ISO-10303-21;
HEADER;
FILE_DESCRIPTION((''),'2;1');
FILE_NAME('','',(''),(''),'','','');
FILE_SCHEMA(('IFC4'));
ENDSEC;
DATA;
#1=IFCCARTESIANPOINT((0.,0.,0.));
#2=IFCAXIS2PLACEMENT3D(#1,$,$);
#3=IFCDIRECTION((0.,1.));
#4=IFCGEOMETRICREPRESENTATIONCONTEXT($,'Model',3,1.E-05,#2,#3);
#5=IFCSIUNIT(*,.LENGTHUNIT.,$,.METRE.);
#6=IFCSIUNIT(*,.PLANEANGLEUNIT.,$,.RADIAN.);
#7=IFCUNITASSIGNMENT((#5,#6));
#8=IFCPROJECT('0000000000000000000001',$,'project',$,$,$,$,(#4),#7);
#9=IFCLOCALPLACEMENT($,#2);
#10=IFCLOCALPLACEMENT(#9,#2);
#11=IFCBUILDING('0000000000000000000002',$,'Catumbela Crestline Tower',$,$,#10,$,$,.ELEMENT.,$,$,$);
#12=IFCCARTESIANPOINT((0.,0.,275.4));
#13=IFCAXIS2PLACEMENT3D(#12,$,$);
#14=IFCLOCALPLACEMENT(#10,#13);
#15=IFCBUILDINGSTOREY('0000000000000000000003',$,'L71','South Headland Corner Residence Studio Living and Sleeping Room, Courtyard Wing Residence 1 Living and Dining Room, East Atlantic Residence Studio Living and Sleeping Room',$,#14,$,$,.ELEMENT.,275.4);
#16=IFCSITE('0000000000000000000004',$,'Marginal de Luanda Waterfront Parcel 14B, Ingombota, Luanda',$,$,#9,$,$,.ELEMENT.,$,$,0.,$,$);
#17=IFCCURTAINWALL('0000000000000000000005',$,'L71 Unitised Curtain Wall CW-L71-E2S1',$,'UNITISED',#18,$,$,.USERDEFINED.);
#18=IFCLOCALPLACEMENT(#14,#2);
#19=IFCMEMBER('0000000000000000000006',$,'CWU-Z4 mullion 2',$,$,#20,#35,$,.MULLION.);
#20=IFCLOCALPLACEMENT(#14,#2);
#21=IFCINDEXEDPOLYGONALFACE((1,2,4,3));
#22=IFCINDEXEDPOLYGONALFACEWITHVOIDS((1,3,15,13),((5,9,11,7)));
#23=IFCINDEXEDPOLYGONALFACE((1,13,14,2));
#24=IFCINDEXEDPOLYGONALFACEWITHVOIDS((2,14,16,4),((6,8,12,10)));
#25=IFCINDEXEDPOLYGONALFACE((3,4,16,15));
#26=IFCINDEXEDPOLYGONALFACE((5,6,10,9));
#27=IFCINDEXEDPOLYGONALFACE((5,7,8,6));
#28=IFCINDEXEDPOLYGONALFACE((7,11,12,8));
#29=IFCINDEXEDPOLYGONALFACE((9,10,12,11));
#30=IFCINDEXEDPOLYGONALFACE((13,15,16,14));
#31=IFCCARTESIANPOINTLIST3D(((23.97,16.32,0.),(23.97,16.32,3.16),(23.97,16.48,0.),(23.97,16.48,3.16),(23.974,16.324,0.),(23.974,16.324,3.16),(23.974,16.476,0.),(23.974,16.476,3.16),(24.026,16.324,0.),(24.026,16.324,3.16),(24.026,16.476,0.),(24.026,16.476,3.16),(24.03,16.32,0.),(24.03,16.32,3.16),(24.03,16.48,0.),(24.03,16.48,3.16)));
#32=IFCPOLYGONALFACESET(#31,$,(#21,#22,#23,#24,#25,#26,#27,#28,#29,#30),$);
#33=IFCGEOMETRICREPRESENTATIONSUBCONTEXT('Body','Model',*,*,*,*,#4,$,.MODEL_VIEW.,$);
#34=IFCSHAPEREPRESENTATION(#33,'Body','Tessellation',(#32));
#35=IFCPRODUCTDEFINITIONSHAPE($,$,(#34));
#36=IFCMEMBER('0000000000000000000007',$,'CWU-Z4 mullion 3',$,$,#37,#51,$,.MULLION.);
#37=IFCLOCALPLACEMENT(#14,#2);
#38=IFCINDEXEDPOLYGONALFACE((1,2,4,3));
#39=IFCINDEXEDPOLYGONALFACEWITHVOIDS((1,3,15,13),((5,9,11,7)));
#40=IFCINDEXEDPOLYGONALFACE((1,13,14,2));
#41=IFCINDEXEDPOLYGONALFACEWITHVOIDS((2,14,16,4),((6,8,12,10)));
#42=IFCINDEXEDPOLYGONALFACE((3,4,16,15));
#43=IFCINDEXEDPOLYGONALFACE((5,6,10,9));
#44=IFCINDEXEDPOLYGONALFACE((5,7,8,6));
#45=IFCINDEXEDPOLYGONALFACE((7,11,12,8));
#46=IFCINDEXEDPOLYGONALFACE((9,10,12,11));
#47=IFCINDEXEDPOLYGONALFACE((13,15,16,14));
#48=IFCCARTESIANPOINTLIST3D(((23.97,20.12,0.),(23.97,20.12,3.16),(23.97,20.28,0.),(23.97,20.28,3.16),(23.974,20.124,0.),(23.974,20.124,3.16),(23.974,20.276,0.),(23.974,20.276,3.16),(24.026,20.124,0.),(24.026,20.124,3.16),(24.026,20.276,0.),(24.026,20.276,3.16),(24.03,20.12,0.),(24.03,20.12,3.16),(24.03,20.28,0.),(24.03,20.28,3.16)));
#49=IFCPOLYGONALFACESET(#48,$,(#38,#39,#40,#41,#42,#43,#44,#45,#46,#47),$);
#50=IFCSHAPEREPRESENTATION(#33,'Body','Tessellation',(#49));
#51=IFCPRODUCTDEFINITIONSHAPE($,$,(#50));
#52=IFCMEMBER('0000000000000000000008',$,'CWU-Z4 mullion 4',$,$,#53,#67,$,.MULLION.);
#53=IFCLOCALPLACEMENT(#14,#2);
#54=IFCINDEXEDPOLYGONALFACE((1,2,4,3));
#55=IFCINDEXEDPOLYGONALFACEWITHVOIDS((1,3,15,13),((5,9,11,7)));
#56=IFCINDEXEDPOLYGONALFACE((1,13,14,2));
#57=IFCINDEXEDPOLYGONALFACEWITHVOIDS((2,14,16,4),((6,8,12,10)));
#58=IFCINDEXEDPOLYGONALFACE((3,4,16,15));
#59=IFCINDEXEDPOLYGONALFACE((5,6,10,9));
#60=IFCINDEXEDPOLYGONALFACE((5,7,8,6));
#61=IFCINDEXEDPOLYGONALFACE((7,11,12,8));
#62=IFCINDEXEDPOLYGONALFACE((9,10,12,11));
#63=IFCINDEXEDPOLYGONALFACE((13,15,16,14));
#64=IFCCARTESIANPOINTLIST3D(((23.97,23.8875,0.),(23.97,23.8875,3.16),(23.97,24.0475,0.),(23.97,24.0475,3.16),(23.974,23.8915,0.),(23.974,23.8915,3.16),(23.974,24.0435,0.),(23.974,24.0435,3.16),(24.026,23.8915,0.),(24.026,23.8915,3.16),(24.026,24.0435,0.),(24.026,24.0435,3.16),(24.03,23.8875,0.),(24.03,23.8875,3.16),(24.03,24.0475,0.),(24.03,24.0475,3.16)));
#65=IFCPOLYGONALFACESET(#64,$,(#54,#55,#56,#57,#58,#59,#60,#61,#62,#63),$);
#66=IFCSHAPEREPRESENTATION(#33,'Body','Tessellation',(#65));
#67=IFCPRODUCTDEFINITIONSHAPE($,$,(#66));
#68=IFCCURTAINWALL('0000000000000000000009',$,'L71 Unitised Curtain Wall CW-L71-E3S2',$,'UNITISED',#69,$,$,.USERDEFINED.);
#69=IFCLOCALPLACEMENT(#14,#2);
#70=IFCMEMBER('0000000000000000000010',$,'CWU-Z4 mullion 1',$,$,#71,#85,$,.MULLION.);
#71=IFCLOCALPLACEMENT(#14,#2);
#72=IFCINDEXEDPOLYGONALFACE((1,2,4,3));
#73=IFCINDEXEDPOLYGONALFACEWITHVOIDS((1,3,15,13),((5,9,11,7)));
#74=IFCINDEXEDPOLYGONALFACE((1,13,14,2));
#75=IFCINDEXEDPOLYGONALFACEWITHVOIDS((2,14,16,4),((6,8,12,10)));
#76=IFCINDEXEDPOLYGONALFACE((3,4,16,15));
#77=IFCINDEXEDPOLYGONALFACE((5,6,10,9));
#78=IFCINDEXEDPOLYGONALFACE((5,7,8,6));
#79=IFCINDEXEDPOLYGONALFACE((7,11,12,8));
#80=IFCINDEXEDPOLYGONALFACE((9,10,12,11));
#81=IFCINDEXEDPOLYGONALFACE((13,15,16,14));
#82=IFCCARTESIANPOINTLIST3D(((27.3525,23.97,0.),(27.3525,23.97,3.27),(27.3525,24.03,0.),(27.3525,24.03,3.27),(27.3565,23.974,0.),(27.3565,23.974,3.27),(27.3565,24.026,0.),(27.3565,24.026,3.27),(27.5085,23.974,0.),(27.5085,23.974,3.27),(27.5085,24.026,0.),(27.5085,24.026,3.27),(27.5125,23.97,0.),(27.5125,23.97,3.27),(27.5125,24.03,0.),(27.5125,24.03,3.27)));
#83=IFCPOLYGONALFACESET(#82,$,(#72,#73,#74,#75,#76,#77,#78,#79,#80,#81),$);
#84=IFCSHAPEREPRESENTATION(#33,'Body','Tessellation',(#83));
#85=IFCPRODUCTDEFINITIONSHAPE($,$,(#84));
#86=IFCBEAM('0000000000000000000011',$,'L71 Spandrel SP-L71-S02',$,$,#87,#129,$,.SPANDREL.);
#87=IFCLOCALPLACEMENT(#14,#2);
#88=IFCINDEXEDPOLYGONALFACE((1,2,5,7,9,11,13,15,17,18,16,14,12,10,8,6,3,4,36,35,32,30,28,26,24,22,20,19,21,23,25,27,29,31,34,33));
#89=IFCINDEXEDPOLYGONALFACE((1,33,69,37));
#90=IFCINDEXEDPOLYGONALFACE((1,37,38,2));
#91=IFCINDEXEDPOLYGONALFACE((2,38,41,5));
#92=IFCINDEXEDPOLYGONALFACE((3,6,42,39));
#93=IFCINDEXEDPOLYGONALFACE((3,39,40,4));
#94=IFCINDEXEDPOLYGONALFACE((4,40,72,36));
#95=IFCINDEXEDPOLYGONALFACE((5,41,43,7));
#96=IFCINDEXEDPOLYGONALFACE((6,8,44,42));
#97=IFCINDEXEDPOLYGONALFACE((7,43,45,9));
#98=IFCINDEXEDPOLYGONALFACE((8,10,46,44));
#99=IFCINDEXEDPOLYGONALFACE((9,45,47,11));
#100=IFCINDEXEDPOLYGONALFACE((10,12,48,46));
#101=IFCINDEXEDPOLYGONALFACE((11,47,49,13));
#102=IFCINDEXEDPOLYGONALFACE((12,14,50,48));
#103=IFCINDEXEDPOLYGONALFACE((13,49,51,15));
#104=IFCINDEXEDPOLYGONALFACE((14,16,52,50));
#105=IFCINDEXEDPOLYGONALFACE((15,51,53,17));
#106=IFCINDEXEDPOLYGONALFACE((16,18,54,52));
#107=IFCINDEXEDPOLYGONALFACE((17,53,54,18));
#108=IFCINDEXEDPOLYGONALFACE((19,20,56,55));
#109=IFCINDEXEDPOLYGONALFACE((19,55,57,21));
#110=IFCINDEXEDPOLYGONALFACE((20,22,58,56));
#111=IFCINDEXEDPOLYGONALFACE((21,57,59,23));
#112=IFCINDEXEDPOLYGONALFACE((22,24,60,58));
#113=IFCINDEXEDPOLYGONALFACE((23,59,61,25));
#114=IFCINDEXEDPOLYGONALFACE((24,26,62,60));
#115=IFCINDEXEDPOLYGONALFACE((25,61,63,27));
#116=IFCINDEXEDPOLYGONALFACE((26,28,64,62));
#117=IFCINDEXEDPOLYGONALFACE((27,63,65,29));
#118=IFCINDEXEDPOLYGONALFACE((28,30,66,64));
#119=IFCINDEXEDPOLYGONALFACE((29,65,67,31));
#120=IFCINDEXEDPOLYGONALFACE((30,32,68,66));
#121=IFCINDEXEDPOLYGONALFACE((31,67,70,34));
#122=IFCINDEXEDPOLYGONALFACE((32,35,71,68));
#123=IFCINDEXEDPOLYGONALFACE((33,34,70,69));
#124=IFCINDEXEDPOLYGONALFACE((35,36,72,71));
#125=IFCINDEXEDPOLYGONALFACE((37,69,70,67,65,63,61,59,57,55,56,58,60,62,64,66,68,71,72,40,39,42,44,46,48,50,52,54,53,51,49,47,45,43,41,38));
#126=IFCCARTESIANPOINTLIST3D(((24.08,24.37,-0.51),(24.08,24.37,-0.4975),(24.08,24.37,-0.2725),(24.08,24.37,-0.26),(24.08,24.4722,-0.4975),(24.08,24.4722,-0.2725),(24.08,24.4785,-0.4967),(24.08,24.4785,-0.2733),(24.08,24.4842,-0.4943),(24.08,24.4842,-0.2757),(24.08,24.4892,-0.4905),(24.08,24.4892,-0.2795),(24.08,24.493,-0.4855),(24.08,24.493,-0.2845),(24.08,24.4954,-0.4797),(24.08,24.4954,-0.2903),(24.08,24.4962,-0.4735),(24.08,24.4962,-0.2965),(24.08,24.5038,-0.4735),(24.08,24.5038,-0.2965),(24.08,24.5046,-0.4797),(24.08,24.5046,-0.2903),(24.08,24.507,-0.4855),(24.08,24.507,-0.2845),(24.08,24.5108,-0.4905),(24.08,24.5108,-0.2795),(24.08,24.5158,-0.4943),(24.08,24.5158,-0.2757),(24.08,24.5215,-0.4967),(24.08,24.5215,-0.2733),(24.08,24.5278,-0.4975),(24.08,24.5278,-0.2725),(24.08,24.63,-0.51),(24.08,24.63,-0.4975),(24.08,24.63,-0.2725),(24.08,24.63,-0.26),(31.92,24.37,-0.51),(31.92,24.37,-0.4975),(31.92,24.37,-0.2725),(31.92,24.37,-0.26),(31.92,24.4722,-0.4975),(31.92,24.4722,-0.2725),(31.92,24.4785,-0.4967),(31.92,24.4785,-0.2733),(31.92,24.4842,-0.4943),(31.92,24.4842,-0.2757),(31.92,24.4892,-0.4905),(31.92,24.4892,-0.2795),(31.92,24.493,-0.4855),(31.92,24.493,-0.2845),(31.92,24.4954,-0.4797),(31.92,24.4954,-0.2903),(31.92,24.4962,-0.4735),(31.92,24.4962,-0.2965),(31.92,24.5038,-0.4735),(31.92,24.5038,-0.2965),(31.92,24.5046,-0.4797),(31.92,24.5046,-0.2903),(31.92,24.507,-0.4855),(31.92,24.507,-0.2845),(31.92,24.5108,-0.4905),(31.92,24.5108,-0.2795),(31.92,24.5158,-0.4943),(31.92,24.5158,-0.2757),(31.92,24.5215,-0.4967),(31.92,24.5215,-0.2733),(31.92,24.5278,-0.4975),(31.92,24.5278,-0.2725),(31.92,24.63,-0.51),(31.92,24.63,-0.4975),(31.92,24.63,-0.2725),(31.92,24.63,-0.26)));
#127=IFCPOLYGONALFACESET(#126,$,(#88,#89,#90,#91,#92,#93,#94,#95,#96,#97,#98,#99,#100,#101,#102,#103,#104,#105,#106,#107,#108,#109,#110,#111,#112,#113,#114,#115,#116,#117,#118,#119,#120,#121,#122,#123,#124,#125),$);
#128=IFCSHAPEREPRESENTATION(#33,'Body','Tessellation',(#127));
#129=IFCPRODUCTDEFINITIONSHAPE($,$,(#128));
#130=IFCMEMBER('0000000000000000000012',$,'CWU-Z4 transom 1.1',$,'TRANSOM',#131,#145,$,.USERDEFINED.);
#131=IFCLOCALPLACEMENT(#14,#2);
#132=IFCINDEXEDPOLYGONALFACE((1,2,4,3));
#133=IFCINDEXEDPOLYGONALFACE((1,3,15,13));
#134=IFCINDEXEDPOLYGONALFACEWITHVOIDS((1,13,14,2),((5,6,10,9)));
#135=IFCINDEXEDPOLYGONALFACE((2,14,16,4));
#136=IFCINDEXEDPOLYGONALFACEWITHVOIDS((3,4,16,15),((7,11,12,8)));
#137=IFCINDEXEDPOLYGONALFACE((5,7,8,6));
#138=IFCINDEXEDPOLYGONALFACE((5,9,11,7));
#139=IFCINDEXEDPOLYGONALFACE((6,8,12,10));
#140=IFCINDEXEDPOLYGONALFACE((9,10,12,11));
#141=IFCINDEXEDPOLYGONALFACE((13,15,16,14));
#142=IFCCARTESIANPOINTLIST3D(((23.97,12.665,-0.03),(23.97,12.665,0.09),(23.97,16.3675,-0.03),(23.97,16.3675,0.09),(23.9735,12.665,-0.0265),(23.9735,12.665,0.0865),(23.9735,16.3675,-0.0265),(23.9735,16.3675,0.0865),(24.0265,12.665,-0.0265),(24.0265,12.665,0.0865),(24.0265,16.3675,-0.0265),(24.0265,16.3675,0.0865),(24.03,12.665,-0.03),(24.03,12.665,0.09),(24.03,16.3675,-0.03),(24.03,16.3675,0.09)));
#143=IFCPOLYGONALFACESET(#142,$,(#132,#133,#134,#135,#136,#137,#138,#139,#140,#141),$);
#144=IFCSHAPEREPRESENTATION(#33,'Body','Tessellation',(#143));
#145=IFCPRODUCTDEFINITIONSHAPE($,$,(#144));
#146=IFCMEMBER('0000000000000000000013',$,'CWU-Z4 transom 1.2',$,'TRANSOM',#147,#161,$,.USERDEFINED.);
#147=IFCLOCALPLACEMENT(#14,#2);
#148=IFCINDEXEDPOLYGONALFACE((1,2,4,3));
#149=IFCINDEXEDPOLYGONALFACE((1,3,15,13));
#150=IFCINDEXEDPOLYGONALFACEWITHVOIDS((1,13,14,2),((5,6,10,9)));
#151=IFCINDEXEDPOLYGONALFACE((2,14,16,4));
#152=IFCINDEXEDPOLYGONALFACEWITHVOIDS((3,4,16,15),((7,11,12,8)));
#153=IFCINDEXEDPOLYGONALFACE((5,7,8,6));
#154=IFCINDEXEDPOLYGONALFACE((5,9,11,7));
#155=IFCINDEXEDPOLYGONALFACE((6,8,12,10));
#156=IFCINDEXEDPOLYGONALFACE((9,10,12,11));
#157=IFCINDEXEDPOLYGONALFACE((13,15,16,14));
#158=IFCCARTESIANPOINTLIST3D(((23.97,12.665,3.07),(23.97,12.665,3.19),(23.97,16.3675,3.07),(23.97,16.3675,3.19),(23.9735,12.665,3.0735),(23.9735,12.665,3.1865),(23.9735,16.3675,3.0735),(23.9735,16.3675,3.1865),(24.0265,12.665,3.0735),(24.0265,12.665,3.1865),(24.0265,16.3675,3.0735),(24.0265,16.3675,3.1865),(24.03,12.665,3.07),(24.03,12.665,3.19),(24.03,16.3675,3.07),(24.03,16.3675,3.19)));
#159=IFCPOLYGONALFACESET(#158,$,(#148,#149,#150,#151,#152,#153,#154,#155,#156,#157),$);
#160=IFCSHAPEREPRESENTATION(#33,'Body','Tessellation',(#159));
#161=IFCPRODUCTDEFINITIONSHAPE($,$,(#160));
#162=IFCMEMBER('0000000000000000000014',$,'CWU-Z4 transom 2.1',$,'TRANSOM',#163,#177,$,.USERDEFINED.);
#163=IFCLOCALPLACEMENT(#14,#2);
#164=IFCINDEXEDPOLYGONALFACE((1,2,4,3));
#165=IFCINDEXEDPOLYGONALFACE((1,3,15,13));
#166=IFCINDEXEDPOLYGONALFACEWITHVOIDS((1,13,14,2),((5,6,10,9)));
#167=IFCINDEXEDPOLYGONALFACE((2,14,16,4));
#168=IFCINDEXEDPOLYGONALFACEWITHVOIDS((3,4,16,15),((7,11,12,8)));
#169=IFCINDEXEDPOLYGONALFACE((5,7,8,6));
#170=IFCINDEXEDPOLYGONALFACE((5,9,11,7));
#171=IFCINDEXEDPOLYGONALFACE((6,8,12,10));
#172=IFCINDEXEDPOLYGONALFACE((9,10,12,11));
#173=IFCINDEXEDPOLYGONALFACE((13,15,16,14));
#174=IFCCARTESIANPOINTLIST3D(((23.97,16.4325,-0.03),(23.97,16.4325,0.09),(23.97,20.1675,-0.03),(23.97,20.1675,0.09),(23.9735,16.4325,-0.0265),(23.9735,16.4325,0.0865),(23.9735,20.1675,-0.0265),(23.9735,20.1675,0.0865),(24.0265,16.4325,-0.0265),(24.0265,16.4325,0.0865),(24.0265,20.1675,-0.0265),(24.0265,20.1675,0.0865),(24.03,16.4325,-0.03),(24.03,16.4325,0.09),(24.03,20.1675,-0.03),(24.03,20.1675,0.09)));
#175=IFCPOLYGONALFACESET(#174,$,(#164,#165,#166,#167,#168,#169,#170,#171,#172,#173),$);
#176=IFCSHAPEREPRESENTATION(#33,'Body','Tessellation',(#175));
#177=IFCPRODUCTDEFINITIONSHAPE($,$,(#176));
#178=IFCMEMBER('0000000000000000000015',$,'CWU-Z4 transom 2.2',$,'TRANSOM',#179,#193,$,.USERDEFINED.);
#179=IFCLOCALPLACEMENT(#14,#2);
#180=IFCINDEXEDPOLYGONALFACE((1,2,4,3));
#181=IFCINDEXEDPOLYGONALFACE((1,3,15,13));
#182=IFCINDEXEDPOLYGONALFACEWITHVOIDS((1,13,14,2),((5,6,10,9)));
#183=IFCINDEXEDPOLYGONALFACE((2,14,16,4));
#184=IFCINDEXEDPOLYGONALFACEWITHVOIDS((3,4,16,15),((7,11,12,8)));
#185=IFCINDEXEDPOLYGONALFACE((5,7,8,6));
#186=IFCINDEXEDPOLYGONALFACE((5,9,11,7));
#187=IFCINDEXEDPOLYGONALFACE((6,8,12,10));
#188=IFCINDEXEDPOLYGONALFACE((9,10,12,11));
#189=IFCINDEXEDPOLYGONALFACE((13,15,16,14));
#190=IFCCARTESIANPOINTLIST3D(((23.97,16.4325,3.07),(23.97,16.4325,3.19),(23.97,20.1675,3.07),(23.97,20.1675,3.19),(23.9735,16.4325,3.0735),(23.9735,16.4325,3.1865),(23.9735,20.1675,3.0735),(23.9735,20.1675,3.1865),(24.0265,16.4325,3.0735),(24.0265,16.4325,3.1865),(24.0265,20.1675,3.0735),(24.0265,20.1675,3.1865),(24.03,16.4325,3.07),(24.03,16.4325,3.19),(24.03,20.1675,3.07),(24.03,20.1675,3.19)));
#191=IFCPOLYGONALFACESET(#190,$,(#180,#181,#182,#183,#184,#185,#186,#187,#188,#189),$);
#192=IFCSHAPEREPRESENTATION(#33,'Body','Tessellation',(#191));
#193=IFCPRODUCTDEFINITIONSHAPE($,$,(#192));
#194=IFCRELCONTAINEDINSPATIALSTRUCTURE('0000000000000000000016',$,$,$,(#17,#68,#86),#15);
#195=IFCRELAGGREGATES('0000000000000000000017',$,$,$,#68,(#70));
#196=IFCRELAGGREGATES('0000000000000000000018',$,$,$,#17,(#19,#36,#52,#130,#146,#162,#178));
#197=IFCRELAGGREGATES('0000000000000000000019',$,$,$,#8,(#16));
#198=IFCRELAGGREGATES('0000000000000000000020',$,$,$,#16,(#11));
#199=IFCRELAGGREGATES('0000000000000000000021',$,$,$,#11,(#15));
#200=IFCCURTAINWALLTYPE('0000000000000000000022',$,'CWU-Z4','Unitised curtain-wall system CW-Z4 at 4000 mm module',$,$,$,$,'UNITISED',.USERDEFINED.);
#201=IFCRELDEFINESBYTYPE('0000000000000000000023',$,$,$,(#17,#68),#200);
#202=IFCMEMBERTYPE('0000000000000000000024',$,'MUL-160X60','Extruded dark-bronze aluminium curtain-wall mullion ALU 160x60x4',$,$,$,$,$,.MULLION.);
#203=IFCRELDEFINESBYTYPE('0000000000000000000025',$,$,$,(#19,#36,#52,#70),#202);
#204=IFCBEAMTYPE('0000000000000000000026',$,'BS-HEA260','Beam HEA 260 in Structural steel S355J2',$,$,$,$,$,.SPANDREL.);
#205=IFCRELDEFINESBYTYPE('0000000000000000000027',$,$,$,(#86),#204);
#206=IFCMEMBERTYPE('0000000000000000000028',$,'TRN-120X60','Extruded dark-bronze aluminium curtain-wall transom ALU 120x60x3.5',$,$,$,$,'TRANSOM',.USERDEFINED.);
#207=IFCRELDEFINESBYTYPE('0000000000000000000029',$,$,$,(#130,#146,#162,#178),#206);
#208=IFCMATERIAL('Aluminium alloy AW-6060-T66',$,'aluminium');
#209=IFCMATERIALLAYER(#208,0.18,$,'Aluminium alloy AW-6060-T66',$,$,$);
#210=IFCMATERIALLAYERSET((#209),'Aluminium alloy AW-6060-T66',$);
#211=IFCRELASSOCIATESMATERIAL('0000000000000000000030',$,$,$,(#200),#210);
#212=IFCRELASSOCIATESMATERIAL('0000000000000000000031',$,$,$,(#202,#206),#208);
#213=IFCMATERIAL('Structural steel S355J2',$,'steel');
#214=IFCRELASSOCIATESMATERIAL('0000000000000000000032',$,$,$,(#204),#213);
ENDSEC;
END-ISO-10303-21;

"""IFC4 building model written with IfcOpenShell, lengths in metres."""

from ifc_helpers import new_model, si_unit, direction, frame, origin, origin_2d, place, context, subcontext, project, spatial, hollow_rectangle, i_section, extrude, material, layer, layer_set, material_profile, profile_set, type_object, element, aggregate, save


model = new_model("IFC4")

# Units and contexts
model_context = context("Model", 3, precision=1e-05, world=origin(), true_north=direction((0.0, 1.0)))
body_context = subcontext(model_context, "Body", "Model", "MODEL_VIEW")
ifc_project = project(units=[si_unit("LENGTHUNIT", "METRE"), si_unit("PLANEANGLEUNIT", "RADIAN")], contexts=[model_context])

# Site, building, storey
site_placement = place(None, origin())
site = spatial("IfcSite", under=ifc_project, at=site_placement, Name="Marginal de Luanda Waterfront Parcel 14B, Ingombota, Luanda", CompositionType="ELEMENT", RefElevation=0.0)
building_placement = place(site_placement, origin())
building = spatial("IfcBuilding", under=site, at=building_placement, Name="Catumbela Crestline Tower", CompositionType="ELEMENT")
storey_placement = place(building_placement, frame((0.0, 0.0, 275.4)))
storey = spatial("IfcBuildingStorey", under=building, at=storey_placement, Name="L71", Description="South Headland Corner Residence Studio Living and Sleeping Room, Courtyard Wing Residence 1 Living and Dining Room, East Atlantic Residence Studio Living and Sleeping Room", CompositionType="ELEMENT", Elevation=275.4)

# Shared definitions
ifc_material_1 = material(Name="Structural steel S355J2", Category="steel")

# Curtain wall, members
ifc_material_2 = material(Name="Aluminium alloy AW-6060-T66", Category="aluminium")
ifc_layer_1 = layer(ifc_material_2, 0.18, Name="Aluminium alloy AW-6060-T66")
ifc_layer_set_1 = layer_set([ifc_layer_1], Name="Aluminium alloy AW-6060-T66")
curtain_wall_type = type_object("IfcCurtainWallType", Name="CWU-Z4", Description="Unitised curtain-wall system CW-Z4 at 4000 mm module", ElementType="UNITISED", PredefinedType="USERDEFINED", material=ifc_layer_set_1)
curtain_wall_1_placement = place(storey_placement, origin())
curtain_wall_1 = element("IfcCurtainWall", 1, at=curtain_wall_1_placement, inside=storey, type_object=curtain_wall_type, Name="L71 Unitised Curtain Wall CW-L71-E2S1", ObjectType="UNITISED", PredefinedType="USERDEFINED")
ifc_material_profile_1 = material_profile(ifc_material_2, hollow_rectangle(XDim=0.06, YDim=0.16, WallThickness=0.004, at=origin_2d()), Name="ALU 160x60x4")
ifc_profile_set_1 = profile_set([ifc_material_profile_1], Name="Aluminium alloy AW-6060-T66")
member_type_1 = type_object("IfcMemberType", Name="MUL-160X60", Description="Extruded dark-bronze aluminium curtain-wall mullion ALU 160x60x4", PredefinedType="MULLION", material=ifc_profile_set_1)
member_1_placement = place(storey_placement, frame((24.0, 16.4, 0.0), z_axis=(0.0, 0.0, 1.0), x_axis=(-1.0, 0.0, 0.0)))
member_1 = element("IfcMember", 2, at=member_1_placement, type_object=member_type_1, Name="CWU-Z4 mullion 2", PredefinedType="MULLION", context=body_context, shape_type="SweptSolid", body=[
    extrude(hollow_rectangle(XDim=0.06, YDim=0.16, WallThickness=0.004, at=origin_2d()), origin(), (0.0, 0.0, 1.0), 3.16),
])
member_2_placement = place(storey_placement, frame((24.0, 20.2, 0.0), z_axis=(0.0, 0.0, 1.0), x_axis=(-1.0, 0.0, 0.0)))
member_2 = element("IfcMember", 3, at=member_2_placement, type_object=member_type_1, Name="CWU-Z4 mullion 3", PredefinedType="MULLION", context=body_context, shape_type="SweptSolid", body=[
    extrude(hollow_rectangle(XDim=0.06, YDim=0.16, WallThickness=0.004, at=origin_2d()), origin(), (0.0, 0.0, 1.0), 3.16),
])
member_3_placement = place(storey_placement, frame((24.0, 23.9675, 0.0), z_axis=(0.0, 0.0, 1.0), x_axis=(-1.0, 0.0, 0.0)))
member_3 = element("IfcMember", 4, at=member_3_placement, type_object=member_type_1, Name="CWU-Z4 mullion 4", PredefinedType="MULLION", context=body_context, shape_type="SweptSolid", body=[
    extrude(hollow_rectangle(XDim=0.06, YDim=0.16, WallThickness=0.004, at=origin_2d()), origin(), (0.0, 0.0, 1.0), 3.16),
])

# Curtain wall, member
curtain_wall_2_placement = place(storey_placement, origin())
curtain_wall_2 = element("IfcCurtainWall", 5, at=curtain_wall_2_placement, inside=storey, type_object=curtain_wall_type, Name="L71 Unitised Curtain Wall CW-L71-E3S2", ObjectType="UNITISED", PredefinedType="USERDEFINED")
member_4_placement = place(storey_placement, frame((27.4325, 24.0, 0.0), z_axis=(0.0, 0.0, 1.0), x_axis=(0.0, 1.0, 0.0)))
member_4 = element("IfcMember", 6, at=member_4_placement, type_object=member_type_1, Name="CWU-Z4 mullion 1", PredefinedType="MULLION", context=body_context, shape_type="SweptSolid", body=[
    extrude(hollow_rectangle(XDim=0.06, YDim=0.16, WallThickness=0.004, at=origin_2d()), origin(), (0.0, 0.0, 1.0), 3.27),
])

# Beam
ifc_material_profile_2 = material_profile(ifc_material_1, i_section(OverallWidth=0.26, OverallDepth=0.25, WebThickness=0.0075, FlangeThickness=0.0125, FilletRadius=0.024, at=origin_2d()), Name="HEA 260")
ifc_profile_set_2 = profile_set([ifc_material_profile_2], Name="Structural steel S355J2")
beam_type_1 = type_object("IfcBeamType", Name="BS-HEA260", Description="Beam HEA 260 in Structural steel S355J2", PredefinedType="SPANDREL", material=ifc_profile_set_2)
beam_1_placement = place(storey_placement, frame((24.08, 24.5, -0.385), z_axis=(1.0, 0.0, 0.0), x_axis=(0.0, 1.0, 0.0)))
element("IfcBeam", 7, at=beam_1_placement, inside=storey, type_object=beam_type_1, Name="L71 Spandrel SP-L71-S02", PredefinedType="SPANDREL", context=body_context, shape_type="SweptSolid", body=[
    extrude(i_section(OverallWidth=0.26, OverallDepth=0.25, WebThickness=0.0075, FlangeThickness=0.0125, FilletRadius=0.024, at=origin_2d()), origin(), (0.0, 0.0, 1.0), 7.84),
])

# Members
ifc_material_profile_3 = material_profile(ifc_material_2, hollow_rectangle(XDim=0.06, YDim=0.12, WallThickness=0.0035, at=origin_2d()), Name="ALU 120x60x3.5")
ifc_profile_set_3 = profile_set([ifc_material_profile_3], Name="Aluminium alloy AW-6060-T66")
member_type_2 = type_object("IfcMemberType", Name="TRN-120X60", Description="Extruded dark-bronze aluminium curtain-wall transom ALU 120x60x3.5", ElementType="TRANSOM", PredefinedType="USERDEFINED", material=ifc_profile_set_3)
member_5_placement = place(storey_placement, frame((24.0, 12.665, 0.03), z_axis=(0.0, 1.0, 0.0), x_axis=(-1.0, 0.0, 0.0)))
member_5 = element("IfcMember", 8, at=member_5_placement, type_object=member_type_2, Name="CWU-Z4 transom 1.1", ObjectType="TRANSOM", PredefinedType="USERDEFINED", context=body_context, shape_type="SweptSolid", body=[
    extrude(hollow_rectangle(XDim=0.06, YDim=0.12, WallThickness=0.0035, at=origin_2d()), origin(), (0.0, 0.0, 1.0), 3.7025),
])
member_6_placement = place(storey_placement, frame((24.0, 12.665, 3.13), z_axis=(0.0, 1.0, 0.0), x_axis=(-1.0, 0.0, 0.0)))
member_6 = element("IfcMember", 9, at=member_6_placement, type_object=member_type_2, Name="CWU-Z4 transom 1.2", ObjectType="TRANSOM", PredefinedType="USERDEFINED", context=body_context, shape_type="SweptSolid", body=[
    extrude(hollow_rectangle(XDim=0.06, YDim=0.12, WallThickness=0.0035, at=origin_2d()), origin(), (0.0, 0.0, 1.0), 3.7025),
])
member_7_placement = place(storey_placement, frame((24.0, 16.4325, 0.03), z_axis=(0.0, 1.0, 0.0), x_axis=(-1.0, 0.0, 0.0)))
member_7 = element("IfcMember", 10, at=member_7_placement, type_object=member_type_2, Name="CWU-Z4 transom 2.1", ObjectType="TRANSOM", PredefinedType="USERDEFINED", context=body_context, shape_type="SweptSolid", body=[
    extrude(hollow_rectangle(XDim=0.06, YDim=0.12, WallThickness=0.0035, at=origin_2d()), origin(), (0.0, 0.0, 1.0), 3.735),
])
member_8_placement = place(storey_placement, frame((24.0, 16.4325, 3.13), z_axis=(0.0, 1.0, 0.0), x_axis=(-1.0, 0.0, 0.0)))
member_8 = element("IfcMember", 11, at=member_8_placement, type_object=member_type_2, Name="CWU-Z4 transom 2.2", ObjectType="TRANSOM", PredefinedType="USERDEFINED", context=body_context, shape_type="SweptSolid", body=[
    extrude(hollow_rectangle(XDim=0.06, YDim=0.12, WallThickness=0.0035, at=origin_2d()), origin(), (0.0, 0.0, 1.0), 3.735),
])
aggregate(curtain_wall_2, [member_4])

aggregate(curtain_wall_1, [member_1, member_2, member_3, member_5, member_6, member_7, member_8])

save(model, "model.ifc")
